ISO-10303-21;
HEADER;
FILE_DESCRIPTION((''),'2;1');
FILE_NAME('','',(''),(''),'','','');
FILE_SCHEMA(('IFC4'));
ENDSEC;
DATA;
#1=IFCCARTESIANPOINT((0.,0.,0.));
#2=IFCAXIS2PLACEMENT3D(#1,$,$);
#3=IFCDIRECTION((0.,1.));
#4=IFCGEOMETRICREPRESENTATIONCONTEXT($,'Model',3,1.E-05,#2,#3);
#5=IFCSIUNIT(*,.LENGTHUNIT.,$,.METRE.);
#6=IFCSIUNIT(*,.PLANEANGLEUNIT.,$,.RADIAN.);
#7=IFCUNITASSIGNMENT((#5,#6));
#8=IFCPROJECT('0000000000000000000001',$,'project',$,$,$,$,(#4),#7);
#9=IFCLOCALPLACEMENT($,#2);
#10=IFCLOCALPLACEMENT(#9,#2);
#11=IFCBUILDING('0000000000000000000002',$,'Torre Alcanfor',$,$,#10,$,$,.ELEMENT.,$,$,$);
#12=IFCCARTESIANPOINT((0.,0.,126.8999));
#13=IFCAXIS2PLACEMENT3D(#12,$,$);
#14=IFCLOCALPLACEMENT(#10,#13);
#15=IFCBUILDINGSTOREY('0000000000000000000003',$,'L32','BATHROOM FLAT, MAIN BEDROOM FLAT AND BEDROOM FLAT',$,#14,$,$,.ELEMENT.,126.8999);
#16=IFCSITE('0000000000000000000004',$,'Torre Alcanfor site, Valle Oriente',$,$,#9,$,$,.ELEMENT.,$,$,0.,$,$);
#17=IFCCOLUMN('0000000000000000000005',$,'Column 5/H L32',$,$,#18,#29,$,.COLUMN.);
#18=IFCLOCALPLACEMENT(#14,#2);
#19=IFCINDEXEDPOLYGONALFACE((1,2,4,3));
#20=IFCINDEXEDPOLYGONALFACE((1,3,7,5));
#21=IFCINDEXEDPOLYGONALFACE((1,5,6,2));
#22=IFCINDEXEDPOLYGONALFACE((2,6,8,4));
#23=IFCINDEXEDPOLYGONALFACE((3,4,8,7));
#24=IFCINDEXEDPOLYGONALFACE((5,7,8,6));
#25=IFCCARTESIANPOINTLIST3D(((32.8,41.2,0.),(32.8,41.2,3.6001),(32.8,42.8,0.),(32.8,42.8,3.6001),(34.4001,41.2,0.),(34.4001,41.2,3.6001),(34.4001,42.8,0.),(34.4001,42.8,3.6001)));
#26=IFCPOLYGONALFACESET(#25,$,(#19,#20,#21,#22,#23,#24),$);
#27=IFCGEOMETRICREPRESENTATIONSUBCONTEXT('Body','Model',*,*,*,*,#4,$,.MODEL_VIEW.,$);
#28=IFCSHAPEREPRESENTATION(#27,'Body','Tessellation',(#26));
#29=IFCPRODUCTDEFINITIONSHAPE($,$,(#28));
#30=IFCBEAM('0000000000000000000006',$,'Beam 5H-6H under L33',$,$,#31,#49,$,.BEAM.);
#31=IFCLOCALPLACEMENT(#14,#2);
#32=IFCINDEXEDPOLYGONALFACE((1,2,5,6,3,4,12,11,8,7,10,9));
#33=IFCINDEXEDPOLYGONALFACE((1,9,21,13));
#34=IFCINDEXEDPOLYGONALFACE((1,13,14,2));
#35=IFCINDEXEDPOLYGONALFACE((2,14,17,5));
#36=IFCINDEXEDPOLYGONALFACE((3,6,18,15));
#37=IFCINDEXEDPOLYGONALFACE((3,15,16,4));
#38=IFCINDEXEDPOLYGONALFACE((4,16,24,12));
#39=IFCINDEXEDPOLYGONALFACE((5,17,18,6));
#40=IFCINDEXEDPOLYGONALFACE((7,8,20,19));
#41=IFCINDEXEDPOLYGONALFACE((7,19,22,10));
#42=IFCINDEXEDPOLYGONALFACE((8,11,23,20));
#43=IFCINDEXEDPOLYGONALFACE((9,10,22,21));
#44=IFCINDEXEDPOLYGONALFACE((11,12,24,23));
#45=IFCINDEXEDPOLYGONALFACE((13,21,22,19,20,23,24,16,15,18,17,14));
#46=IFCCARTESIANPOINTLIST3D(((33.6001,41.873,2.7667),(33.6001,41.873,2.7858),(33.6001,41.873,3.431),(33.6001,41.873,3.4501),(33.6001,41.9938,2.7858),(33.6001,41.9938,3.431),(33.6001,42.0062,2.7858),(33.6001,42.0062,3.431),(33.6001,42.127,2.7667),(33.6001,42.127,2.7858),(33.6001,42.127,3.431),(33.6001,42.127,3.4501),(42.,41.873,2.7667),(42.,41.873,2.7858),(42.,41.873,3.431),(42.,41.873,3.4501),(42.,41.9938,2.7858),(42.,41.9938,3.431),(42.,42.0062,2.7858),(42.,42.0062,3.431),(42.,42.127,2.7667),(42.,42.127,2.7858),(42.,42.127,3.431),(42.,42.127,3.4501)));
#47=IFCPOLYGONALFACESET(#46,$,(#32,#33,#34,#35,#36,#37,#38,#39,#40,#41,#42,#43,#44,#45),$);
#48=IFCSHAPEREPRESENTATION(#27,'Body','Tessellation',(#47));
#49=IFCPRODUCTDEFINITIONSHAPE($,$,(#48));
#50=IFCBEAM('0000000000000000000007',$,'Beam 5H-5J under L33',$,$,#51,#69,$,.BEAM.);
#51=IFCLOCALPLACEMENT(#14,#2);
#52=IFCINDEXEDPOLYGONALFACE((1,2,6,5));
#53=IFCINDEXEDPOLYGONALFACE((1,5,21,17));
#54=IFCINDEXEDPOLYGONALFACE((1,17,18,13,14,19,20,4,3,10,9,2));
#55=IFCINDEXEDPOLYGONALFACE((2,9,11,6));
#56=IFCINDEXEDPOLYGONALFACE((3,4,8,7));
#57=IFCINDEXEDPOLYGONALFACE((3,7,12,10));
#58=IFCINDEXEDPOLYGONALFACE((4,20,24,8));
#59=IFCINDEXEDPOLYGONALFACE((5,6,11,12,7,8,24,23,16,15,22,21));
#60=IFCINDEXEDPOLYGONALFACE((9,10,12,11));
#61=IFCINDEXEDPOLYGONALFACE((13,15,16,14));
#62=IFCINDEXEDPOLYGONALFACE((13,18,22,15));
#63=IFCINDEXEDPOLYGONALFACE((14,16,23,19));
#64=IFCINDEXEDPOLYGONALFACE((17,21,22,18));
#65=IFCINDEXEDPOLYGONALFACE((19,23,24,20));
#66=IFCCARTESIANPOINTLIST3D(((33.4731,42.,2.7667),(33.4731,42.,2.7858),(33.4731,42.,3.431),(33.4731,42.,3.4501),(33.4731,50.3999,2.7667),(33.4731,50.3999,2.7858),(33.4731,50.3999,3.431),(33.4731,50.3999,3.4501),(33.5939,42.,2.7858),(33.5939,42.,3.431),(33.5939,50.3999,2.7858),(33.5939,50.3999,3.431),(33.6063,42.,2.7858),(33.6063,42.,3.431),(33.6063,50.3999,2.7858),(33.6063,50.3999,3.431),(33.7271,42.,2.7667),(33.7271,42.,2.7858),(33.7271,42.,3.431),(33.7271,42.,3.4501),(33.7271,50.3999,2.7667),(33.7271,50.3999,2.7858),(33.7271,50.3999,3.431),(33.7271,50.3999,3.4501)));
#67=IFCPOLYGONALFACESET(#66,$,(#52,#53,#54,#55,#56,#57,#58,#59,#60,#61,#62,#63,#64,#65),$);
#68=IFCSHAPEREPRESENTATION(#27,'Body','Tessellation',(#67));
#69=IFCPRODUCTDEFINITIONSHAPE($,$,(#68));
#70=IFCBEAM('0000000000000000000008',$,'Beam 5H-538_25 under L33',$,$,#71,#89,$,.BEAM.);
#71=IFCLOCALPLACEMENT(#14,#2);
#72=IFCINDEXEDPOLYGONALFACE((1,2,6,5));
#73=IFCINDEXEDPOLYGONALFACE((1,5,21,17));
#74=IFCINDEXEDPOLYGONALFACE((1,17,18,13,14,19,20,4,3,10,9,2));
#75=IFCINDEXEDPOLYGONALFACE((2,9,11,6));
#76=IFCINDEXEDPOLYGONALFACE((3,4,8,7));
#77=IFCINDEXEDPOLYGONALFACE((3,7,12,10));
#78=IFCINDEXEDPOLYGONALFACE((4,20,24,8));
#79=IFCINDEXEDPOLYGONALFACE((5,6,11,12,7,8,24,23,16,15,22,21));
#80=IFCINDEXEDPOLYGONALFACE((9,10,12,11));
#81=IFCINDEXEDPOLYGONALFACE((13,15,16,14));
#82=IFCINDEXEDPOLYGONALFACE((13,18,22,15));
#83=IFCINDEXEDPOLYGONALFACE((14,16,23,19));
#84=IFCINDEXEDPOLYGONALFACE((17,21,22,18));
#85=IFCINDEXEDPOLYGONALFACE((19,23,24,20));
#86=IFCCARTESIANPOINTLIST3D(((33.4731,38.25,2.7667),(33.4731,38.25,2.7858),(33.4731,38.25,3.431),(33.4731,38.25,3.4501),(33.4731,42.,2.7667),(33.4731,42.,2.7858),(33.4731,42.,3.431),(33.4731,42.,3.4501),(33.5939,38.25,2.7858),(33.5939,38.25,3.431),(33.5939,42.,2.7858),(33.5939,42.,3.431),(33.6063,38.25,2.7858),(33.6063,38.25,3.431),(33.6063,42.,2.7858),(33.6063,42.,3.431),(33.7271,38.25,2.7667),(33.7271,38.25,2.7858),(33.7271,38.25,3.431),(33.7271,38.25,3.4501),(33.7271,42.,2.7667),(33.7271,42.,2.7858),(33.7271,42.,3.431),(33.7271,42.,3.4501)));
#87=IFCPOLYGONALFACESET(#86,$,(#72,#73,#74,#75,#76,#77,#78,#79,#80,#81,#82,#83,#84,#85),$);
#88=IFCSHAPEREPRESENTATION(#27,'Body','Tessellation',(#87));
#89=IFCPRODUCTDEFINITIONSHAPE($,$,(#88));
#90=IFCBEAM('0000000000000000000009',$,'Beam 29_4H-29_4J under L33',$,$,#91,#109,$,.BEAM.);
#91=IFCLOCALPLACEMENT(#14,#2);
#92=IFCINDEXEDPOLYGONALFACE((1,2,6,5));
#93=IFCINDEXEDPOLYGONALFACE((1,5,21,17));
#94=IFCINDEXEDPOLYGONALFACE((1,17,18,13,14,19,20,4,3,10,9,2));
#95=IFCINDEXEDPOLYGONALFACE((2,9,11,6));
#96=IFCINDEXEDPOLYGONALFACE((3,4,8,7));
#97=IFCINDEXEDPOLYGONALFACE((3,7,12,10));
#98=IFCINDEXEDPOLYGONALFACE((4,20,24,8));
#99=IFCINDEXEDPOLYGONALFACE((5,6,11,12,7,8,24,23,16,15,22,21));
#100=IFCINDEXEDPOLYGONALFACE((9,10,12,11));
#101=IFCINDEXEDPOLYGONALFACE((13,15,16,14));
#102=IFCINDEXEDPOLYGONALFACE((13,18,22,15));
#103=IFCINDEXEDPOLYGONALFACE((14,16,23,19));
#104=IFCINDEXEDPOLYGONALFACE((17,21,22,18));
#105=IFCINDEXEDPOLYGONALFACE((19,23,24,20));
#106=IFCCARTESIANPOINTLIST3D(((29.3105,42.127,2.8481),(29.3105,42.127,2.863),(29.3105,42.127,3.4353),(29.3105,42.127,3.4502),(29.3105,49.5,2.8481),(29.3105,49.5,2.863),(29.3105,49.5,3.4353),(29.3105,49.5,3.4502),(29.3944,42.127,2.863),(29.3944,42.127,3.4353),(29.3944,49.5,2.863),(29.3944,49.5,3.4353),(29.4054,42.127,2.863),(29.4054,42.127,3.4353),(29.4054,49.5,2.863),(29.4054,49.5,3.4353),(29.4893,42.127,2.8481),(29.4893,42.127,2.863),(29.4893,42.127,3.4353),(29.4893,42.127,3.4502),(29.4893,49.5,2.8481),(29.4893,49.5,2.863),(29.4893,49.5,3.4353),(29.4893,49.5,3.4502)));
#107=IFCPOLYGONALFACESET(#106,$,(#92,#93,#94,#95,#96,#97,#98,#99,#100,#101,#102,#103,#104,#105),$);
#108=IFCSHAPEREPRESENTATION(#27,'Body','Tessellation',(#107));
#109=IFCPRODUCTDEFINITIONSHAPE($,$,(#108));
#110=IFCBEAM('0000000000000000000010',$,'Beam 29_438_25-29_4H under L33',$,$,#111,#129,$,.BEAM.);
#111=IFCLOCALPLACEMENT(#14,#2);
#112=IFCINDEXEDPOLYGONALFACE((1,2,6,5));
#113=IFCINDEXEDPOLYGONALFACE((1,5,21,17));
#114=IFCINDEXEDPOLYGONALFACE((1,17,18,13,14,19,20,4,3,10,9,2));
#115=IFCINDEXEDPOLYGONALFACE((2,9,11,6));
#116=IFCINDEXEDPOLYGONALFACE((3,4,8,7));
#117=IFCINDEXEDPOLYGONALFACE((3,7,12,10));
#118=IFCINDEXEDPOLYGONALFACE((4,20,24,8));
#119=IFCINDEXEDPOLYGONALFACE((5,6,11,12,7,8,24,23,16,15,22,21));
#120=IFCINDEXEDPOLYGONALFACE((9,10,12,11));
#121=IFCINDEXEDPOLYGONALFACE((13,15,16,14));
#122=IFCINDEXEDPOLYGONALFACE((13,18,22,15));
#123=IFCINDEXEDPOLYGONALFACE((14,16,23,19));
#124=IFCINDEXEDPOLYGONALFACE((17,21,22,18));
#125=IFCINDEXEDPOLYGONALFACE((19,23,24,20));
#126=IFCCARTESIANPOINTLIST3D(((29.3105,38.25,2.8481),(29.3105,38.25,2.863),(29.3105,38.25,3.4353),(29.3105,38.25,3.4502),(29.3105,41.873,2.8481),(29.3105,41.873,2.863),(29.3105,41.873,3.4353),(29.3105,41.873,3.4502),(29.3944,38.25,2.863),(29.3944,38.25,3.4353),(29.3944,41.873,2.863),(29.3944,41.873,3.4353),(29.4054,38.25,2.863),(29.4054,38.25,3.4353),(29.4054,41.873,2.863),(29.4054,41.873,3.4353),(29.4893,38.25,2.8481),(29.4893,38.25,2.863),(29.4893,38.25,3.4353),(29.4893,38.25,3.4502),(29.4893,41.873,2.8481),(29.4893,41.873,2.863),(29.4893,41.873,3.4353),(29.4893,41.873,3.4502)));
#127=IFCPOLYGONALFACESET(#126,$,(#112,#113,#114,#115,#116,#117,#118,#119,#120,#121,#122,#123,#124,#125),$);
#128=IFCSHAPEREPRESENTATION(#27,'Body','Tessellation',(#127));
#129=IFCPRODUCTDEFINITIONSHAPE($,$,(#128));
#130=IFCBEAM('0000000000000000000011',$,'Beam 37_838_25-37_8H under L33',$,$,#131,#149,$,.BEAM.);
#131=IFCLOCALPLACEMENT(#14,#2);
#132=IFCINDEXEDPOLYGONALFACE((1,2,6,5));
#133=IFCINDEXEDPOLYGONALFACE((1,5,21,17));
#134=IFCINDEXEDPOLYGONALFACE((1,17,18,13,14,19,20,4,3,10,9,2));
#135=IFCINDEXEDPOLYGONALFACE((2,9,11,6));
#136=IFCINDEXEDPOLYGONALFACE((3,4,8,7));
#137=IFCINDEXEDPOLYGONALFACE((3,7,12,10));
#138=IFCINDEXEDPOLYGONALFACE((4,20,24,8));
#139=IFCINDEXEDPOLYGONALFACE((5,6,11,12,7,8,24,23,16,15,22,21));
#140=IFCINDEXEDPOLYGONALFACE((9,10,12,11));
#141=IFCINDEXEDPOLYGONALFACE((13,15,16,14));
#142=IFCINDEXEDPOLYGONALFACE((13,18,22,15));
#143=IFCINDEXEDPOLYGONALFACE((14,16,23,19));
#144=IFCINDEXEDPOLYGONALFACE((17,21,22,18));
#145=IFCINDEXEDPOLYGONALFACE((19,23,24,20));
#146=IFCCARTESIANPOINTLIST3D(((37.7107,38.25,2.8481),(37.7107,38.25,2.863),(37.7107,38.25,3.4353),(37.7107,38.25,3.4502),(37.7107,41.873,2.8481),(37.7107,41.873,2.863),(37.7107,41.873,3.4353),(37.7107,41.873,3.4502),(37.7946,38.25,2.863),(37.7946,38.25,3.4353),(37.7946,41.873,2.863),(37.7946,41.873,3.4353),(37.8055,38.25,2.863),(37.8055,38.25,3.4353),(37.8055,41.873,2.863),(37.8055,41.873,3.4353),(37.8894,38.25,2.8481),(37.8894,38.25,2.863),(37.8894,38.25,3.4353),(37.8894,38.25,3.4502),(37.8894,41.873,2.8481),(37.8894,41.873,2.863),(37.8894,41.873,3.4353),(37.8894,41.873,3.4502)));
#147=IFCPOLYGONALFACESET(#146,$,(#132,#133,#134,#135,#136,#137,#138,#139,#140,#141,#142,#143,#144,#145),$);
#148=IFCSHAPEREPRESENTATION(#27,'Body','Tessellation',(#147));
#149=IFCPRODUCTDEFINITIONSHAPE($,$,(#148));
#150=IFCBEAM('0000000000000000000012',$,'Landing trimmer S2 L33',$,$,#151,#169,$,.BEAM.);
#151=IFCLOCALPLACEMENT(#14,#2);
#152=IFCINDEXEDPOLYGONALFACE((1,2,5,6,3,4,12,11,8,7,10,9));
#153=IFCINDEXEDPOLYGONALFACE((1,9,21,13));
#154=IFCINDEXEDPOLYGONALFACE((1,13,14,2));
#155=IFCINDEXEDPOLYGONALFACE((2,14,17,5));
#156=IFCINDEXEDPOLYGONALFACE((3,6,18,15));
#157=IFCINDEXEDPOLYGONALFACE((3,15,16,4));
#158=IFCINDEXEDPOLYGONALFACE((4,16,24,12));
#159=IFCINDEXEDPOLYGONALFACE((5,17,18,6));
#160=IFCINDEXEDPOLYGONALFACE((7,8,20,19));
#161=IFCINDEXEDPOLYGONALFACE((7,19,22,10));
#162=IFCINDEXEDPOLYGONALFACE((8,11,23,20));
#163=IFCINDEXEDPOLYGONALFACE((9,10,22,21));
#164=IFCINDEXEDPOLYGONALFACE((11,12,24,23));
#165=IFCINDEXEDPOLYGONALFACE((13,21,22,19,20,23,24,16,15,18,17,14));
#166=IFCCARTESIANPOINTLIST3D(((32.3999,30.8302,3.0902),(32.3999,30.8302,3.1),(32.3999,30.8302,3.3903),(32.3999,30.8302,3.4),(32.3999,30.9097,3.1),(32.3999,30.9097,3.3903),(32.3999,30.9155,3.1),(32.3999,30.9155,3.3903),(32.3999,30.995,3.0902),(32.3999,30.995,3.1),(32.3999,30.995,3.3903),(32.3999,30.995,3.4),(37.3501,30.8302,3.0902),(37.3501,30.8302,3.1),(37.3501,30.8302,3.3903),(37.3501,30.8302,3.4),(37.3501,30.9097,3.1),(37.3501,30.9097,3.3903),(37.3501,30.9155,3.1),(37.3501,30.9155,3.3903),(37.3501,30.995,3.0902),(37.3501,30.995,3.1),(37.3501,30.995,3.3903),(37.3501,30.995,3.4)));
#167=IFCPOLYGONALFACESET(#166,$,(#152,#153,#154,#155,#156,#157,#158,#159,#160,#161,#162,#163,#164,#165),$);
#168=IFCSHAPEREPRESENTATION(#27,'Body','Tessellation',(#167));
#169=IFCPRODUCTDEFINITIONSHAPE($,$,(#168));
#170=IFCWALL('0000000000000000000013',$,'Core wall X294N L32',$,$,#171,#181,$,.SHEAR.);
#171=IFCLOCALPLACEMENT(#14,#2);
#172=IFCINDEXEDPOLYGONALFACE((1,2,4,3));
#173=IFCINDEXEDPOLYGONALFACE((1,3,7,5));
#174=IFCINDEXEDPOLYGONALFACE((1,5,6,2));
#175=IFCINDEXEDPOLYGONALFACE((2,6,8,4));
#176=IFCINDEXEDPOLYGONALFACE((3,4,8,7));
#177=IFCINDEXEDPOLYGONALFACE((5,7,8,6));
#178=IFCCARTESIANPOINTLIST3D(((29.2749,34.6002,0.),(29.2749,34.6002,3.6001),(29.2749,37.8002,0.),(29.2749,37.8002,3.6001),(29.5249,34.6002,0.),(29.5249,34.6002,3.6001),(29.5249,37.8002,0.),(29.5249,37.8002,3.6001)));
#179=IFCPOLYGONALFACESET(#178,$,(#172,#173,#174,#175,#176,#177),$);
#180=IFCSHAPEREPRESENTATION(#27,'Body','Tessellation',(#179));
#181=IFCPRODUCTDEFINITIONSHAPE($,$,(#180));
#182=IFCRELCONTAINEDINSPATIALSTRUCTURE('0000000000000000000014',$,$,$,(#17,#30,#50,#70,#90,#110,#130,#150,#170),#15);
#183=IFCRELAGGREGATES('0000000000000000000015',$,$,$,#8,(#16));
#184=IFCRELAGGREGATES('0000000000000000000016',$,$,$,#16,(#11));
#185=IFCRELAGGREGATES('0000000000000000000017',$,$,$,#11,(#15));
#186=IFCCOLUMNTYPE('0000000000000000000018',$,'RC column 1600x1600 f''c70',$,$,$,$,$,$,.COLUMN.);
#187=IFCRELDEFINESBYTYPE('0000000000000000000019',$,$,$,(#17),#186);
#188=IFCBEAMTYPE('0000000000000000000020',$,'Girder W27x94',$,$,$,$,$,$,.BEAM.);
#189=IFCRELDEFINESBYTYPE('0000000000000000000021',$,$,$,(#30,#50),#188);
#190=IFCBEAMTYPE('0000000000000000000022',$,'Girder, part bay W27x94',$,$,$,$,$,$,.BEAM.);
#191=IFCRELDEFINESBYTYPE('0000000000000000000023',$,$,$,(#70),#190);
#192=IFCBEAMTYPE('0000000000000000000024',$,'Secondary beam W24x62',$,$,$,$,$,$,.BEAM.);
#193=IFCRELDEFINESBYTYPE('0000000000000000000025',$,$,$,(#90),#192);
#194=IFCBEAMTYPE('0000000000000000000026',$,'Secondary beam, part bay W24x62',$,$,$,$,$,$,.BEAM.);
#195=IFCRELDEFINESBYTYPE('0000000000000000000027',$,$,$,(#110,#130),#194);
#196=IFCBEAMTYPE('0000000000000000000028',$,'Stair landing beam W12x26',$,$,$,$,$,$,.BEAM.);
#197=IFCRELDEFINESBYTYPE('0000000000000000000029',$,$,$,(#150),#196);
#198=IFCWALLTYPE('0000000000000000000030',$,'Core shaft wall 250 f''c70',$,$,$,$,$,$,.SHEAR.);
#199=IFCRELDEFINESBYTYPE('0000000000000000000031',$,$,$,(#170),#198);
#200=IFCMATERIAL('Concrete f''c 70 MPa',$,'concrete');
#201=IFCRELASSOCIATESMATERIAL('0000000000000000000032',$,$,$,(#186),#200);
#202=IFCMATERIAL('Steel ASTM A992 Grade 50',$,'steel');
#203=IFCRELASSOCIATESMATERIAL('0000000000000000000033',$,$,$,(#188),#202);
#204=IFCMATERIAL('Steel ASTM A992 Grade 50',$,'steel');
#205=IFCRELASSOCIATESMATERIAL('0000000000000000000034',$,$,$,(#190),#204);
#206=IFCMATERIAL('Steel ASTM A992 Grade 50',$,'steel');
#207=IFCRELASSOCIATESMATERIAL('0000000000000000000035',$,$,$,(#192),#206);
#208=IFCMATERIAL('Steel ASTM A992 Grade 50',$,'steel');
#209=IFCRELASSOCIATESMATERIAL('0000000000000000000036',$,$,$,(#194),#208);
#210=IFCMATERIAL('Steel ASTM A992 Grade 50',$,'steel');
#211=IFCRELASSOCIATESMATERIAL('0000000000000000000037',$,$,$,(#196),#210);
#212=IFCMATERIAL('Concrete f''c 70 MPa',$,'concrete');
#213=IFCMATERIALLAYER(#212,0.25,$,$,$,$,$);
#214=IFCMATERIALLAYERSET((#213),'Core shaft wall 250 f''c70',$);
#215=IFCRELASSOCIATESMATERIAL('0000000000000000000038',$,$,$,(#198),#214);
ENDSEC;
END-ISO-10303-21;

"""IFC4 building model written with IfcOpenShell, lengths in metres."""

from ifc_helpers import new_model, si_unit, direction, frame, frame_2d, origin, origin_2d, place, context, subcontext, project, spatial, rectangle, i_section, extrude, material, layer, layer_set, material_profile, profile_set, type_object, element, save


model = new_model("IFC4")

# Units and contexts
model_context = context("Model", 3, precision=1e-05, world=origin(), true_north=direction((0.0, 1.0)))
body_context = subcontext(model_context, "Body", "Model", "MODEL_VIEW")
ifc_project = project(units=[si_unit("LENGTHUNIT", "METRE"), si_unit("PLANEANGLEUNIT", "RADIAN")], contexts=[model_context])

# Site, building, storey
site_placement = place(None, origin())
site = spatial("IfcSite", under=ifc_project, at=site_placement, Name="Torre Alcanfor site, Valle Oriente", CompositionType="ELEMENT", RefElevation=0.0)
building_placement = place(site_placement, origin())
building = spatial("IfcBuilding", under=site, at=building_placement, Name="Torre Alcanfor", CompositionType="ELEMENT")
storey_placement = place(building_placement, frame((0.0, 0.0, 126.8999)))
storey = spatial("IfcBuildingStorey", under=building, at=storey_placement, Name="L32", Description="BATHROOM FLAT, MAIN BEDROOM FLAT AND BEDROOM FLAT", CompositionType="ELEMENT", Elevation=126.8999)

# Column
ifc_material_1 = material(Name="Concrete f'c 70 MPa", Category="concrete")
ifc_material_profile_1 = material_profile(ifc_material_1, rectangle(XDim=1.6001, YDim=1.6001, at=origin_2d()), Name="1600x1600")
ifc_profile_set_1 = profile_set([ifc_material_profile_1], Name="Concrete f'c 70 MPa")
column_type = type_object("IfcColumnType", Name="RC column 1600x1600 f'c70", PredefinedType="COLUMN", material=ifc_profile_set_1)
column_placement = place(storey_placement, frame((33.6001, 42.0, 0.0), z_axis=(0.0, 0.0, 1.0), x_axis=(1.0, 0.0, 0.0)))
element("IfcColumn", 1, at=column_placement, inside=storey, type_object=column_type, Name="Column 5/H L32", PredefinedType="COLUMN", context=body_context, shape_type="SweptSolid", body=[
    extrude(rectangle(XDim=1.6001, YDim=1.6001, at=origin_2d()), origin(), (0.0, 0.0, 1.0), 3.6001),
])

# Beams
ifc_material_2 = material(Name="Steel ASTM A992 Grade 50", Category="steel")
ifc_material_profile_2 = material_profile(ifc_material_2, i_section(OverallWidth=0.2539, OverallDepth=0.6833, WebThickness=0.0125, FlangeThickness=0.019, at=origin_2d()), Name="W27x94")
ifc_profile_set_2 = profile_set([ifc_material_profile_2], Name="Steel ASTM A992 Grade 50")
beam_type_1 = type_object("IfcBeamType", Name="Girder W27x94", PredefinedType="BEAM", material=ifc_profile_set_2)
for number, where, z_axis, x_axis, name in (
    (2, (33.6001, 42.0, 3.1084), (1.0, 0.0, 0.0), (0.0, 1.0, 0.0), "Beam 5H-6H under L33"),
    (3, (33.6001, 42.0, 3.1084), (0.0, 1.0, 0.0), (-1.0, 0.0, 0.0), "Beam 5H-5J under L33"),
):
    element("IfcBeam", number, at=place(storey_placement, frame(where, z_axis=z_axis, x_axis=x_axis)), inside=storey, type_object=beam_type_1, Name=name, PredefinedType="BEAM", context=body_context, shape_type="SweptSolid", body=[
        extrude(i_section(OverallWidth=0.2539, OverallDepth=0.6833, WebThickness=0.0125, FlangeThickness=0.019, at=origin_2d()), origin(), (0.0, 0.0, 1.0), 8.3999),
    ])
ifc_material_3 = material(Name="Steel ASTM A992 Grade 50", Category="steel")
ifc_material_profile_3 = material_profile(ifc_material_3, i_section(OverallWidth=0.2539, OverallDepth=0.6833, WebThickness=0.0125, FlangeThickness=0.019, at=origin_2d()), Name="W27x94")
ifc_profile_set_3 = profile_set([ifc_material_profile_3], Name="Steel ASTM A992 Grade 50")
beam_type_2 = type_object("IfcBeamType", Name="Girder, part bay W27x94", PredefinedType="BEAM", material=ifc_profile_set_3)
beam_1_placement = place(storey_placement, frame((33.6001, 42.0, 3.1084), z_axis=(0.0, -1.0, 0.0), x_axis=(1.0, 0.0, 0.0)))
element("IfcBeam", 4, at=beam_1_placement, inside=storey, type_object=beam_type_2, Name="Beam 5H-538_25 under L33", PredefinedType="BEAM", context=body_context, shape_type="SweptSolid", body=[
    extrude(i_section(OverallWidth=0.2539, OverallDepth=0.6833, WebThickness=0.0125, FlangeThickness=0.019, at=origin_2d()), origin(), (0.0, 0.0, 1.0), 3.75),
])
ifc_material_4 = material(Name="Steel ASTM A992 Grade 50", Category="steel")
ifc_material_profile_4 = material_profile(ifc_material_4, i_section(OverallWidth=0.1787, OverallDepth=0.6021, WebThickness=0.011, FlangeThickness=0.0149, at=origin_2d()), Name="W24x62")
ifc_profile_set_4 = profile_set([ifc_material_profile_4], Name="Steel ASTM A992 Grade 50")
beam_type_3 = type_object("IfcBeamType", Name="Secondary beam W24x62", PredefinedType="BEAM", material=ifc_profile_set_4)
beam_2_placement = place(storey_placement, frame((29.3999, 42.127, 3.1492), z_axis=(0.0, 1.0, 0.0), x_axis=(-1.0, 0.0, 0.0)))
element("IfcBeam", 5, at=beam_2_placement, inside=storey, type_object=beam_type_3, Name="Beam 29_4H-29_4J under L33", PredefinedType="BEAM", context=body_context, shape_type="SweptSolid", body=[
    extrude(i_section(OverallWidth=0.1787, OverallDepth=0.6021, WebThickness=0.011, FlangeThickness=0.0149, at=origin_2d()), origin(), (0.0, 0.0, 1.0), 7.373),
])
ifc_material_5 = material(Name="Steel ASTM A992 Grade 50", Category="steel")
ifc_material_profile_5 = material_profile(ifc_material_5, i_section(OverallWidth=0.1787, OverallDepth=0.6021, WebThickness=0.011, FlangeThickness=0.0149, at=origin_2d()), Name="W24x62")
ifc_profile_set_5 = profile_set([ifc_material_profile_5], Name="Steel ASTM A992 Grade 50")
beam_type_4 = type_object("IfcBeamType", Name="Secondary beam, part bay W24x62", PredefinedType="BEAM", material=ifc_profile_set_5)
for number, where, z_axis, x_axis, name in (
    (6, (29.3999, 38.25, 3.1492), (0.0, 1.0, 0.0), (-1.0, 0.0, 0.0), "Beam 29_438_25-29_4H under L33"),
    (7, (37.8, 38.25, 3.1492), (0.0, 1.0, 0.0), (-1.0, 0.0, 0.0), "Beam 37_838_25-37_8H under L33"),
):
    element("IfcBeam", number, at=place(storey_placement, frame(where, z_axis=z_axis, x_axis=x_axis)), inside=storey, type_object=beam_type_4, Name=name, PredefinedType="BEAM", context=body_context, shape_type="SweptSolid", body=[
        extrude(i_section(OverallWidth=0.1787, OverallDepth=0.6021, WebThickness=0.011, FlangeThickness=0.0149, at=origin_2d()), origin(), (0.0, 0.0, 1.0), 3.623),
    ])
ifc_material_6 = material(Name="Steel ASTM A992 Grade 50", Category="steel")
ifc_material_profile_6 = material_profile(ifc_material_6, i_section(OverallWidth=0.1648, OverallDepth=0.3098, WebThickness=0.0059, FlangeThickness=0.0098, at=origin_2d()), Name="W12x26")
ifc_profile_set_6 = profile_set([ifc_material_profile_6], Name="Steel ASTM A992 Grade 50")
beam_type_5 = type_object("IfcBeamType", Name="Stair landing beam W12x26", PredefinedType="BEAM", material=ifc_profile_set_6)
beam_3_placement = place(storey_placement, frame((32.3999, 30.9126, 3.2451), z_axis=(1.0, 0.0, 0.0), x_axis=(0.0, 1.0, 0.0)))
element("IfcBeam", 8, at=beam_3_placement, inside=storey, type_object=beam_type_5, Name="Landing trimmer S2 L33", PredefinedType="BEAM", context=body_context, shape_type="SweptSolid", body=[
    extrude(i_section(OverallWidth=0.1648, OverallDepth=0.3098, WebThickness=0.0059, FlangeThickness=0.0098, at=origin_2d()), origin(), (0.0, 0.0, 1.0), 4.9502),
])

# Wall
ifc_material_7 = material(Name="Concrete f'c 70 MPa", Category="concrete")
ifc_layer_1 = layer(ifc_material_7, 0.25)
ifc_layer_set_1 = layer_set([ifc_layer_1], Name="Core shaft wall 250 f'c70")
wall_type_1 = type_object("IfcWallType", Name="Core shaft wall 250 f'c70", PredefinedType="SHEAR", material=ifc_layer_set_1)
wall_1_placement = place(storey_placement, frame((29.3999, 34.6001, 0.0), z_axis=(0.0, 0.0, 1.0), x_axis=(0.0, 1.0, 0.0)))
element("IfcWall", 9, at=wall_1_placement, inside=storey, type_object=wall_type_1, Name="Core wall X294N L32", PredefinedType="SHEAR", context=body_context, shape_type="SweptSolid", body=[
    extrude(rectangle(XDim=3.2, YDim=0.25, at=frame_2d((1.6001, 0.0))), origin(), (0.0, 0.0, 1.0), 3.6001),
])

save(model, "model.ifc")
